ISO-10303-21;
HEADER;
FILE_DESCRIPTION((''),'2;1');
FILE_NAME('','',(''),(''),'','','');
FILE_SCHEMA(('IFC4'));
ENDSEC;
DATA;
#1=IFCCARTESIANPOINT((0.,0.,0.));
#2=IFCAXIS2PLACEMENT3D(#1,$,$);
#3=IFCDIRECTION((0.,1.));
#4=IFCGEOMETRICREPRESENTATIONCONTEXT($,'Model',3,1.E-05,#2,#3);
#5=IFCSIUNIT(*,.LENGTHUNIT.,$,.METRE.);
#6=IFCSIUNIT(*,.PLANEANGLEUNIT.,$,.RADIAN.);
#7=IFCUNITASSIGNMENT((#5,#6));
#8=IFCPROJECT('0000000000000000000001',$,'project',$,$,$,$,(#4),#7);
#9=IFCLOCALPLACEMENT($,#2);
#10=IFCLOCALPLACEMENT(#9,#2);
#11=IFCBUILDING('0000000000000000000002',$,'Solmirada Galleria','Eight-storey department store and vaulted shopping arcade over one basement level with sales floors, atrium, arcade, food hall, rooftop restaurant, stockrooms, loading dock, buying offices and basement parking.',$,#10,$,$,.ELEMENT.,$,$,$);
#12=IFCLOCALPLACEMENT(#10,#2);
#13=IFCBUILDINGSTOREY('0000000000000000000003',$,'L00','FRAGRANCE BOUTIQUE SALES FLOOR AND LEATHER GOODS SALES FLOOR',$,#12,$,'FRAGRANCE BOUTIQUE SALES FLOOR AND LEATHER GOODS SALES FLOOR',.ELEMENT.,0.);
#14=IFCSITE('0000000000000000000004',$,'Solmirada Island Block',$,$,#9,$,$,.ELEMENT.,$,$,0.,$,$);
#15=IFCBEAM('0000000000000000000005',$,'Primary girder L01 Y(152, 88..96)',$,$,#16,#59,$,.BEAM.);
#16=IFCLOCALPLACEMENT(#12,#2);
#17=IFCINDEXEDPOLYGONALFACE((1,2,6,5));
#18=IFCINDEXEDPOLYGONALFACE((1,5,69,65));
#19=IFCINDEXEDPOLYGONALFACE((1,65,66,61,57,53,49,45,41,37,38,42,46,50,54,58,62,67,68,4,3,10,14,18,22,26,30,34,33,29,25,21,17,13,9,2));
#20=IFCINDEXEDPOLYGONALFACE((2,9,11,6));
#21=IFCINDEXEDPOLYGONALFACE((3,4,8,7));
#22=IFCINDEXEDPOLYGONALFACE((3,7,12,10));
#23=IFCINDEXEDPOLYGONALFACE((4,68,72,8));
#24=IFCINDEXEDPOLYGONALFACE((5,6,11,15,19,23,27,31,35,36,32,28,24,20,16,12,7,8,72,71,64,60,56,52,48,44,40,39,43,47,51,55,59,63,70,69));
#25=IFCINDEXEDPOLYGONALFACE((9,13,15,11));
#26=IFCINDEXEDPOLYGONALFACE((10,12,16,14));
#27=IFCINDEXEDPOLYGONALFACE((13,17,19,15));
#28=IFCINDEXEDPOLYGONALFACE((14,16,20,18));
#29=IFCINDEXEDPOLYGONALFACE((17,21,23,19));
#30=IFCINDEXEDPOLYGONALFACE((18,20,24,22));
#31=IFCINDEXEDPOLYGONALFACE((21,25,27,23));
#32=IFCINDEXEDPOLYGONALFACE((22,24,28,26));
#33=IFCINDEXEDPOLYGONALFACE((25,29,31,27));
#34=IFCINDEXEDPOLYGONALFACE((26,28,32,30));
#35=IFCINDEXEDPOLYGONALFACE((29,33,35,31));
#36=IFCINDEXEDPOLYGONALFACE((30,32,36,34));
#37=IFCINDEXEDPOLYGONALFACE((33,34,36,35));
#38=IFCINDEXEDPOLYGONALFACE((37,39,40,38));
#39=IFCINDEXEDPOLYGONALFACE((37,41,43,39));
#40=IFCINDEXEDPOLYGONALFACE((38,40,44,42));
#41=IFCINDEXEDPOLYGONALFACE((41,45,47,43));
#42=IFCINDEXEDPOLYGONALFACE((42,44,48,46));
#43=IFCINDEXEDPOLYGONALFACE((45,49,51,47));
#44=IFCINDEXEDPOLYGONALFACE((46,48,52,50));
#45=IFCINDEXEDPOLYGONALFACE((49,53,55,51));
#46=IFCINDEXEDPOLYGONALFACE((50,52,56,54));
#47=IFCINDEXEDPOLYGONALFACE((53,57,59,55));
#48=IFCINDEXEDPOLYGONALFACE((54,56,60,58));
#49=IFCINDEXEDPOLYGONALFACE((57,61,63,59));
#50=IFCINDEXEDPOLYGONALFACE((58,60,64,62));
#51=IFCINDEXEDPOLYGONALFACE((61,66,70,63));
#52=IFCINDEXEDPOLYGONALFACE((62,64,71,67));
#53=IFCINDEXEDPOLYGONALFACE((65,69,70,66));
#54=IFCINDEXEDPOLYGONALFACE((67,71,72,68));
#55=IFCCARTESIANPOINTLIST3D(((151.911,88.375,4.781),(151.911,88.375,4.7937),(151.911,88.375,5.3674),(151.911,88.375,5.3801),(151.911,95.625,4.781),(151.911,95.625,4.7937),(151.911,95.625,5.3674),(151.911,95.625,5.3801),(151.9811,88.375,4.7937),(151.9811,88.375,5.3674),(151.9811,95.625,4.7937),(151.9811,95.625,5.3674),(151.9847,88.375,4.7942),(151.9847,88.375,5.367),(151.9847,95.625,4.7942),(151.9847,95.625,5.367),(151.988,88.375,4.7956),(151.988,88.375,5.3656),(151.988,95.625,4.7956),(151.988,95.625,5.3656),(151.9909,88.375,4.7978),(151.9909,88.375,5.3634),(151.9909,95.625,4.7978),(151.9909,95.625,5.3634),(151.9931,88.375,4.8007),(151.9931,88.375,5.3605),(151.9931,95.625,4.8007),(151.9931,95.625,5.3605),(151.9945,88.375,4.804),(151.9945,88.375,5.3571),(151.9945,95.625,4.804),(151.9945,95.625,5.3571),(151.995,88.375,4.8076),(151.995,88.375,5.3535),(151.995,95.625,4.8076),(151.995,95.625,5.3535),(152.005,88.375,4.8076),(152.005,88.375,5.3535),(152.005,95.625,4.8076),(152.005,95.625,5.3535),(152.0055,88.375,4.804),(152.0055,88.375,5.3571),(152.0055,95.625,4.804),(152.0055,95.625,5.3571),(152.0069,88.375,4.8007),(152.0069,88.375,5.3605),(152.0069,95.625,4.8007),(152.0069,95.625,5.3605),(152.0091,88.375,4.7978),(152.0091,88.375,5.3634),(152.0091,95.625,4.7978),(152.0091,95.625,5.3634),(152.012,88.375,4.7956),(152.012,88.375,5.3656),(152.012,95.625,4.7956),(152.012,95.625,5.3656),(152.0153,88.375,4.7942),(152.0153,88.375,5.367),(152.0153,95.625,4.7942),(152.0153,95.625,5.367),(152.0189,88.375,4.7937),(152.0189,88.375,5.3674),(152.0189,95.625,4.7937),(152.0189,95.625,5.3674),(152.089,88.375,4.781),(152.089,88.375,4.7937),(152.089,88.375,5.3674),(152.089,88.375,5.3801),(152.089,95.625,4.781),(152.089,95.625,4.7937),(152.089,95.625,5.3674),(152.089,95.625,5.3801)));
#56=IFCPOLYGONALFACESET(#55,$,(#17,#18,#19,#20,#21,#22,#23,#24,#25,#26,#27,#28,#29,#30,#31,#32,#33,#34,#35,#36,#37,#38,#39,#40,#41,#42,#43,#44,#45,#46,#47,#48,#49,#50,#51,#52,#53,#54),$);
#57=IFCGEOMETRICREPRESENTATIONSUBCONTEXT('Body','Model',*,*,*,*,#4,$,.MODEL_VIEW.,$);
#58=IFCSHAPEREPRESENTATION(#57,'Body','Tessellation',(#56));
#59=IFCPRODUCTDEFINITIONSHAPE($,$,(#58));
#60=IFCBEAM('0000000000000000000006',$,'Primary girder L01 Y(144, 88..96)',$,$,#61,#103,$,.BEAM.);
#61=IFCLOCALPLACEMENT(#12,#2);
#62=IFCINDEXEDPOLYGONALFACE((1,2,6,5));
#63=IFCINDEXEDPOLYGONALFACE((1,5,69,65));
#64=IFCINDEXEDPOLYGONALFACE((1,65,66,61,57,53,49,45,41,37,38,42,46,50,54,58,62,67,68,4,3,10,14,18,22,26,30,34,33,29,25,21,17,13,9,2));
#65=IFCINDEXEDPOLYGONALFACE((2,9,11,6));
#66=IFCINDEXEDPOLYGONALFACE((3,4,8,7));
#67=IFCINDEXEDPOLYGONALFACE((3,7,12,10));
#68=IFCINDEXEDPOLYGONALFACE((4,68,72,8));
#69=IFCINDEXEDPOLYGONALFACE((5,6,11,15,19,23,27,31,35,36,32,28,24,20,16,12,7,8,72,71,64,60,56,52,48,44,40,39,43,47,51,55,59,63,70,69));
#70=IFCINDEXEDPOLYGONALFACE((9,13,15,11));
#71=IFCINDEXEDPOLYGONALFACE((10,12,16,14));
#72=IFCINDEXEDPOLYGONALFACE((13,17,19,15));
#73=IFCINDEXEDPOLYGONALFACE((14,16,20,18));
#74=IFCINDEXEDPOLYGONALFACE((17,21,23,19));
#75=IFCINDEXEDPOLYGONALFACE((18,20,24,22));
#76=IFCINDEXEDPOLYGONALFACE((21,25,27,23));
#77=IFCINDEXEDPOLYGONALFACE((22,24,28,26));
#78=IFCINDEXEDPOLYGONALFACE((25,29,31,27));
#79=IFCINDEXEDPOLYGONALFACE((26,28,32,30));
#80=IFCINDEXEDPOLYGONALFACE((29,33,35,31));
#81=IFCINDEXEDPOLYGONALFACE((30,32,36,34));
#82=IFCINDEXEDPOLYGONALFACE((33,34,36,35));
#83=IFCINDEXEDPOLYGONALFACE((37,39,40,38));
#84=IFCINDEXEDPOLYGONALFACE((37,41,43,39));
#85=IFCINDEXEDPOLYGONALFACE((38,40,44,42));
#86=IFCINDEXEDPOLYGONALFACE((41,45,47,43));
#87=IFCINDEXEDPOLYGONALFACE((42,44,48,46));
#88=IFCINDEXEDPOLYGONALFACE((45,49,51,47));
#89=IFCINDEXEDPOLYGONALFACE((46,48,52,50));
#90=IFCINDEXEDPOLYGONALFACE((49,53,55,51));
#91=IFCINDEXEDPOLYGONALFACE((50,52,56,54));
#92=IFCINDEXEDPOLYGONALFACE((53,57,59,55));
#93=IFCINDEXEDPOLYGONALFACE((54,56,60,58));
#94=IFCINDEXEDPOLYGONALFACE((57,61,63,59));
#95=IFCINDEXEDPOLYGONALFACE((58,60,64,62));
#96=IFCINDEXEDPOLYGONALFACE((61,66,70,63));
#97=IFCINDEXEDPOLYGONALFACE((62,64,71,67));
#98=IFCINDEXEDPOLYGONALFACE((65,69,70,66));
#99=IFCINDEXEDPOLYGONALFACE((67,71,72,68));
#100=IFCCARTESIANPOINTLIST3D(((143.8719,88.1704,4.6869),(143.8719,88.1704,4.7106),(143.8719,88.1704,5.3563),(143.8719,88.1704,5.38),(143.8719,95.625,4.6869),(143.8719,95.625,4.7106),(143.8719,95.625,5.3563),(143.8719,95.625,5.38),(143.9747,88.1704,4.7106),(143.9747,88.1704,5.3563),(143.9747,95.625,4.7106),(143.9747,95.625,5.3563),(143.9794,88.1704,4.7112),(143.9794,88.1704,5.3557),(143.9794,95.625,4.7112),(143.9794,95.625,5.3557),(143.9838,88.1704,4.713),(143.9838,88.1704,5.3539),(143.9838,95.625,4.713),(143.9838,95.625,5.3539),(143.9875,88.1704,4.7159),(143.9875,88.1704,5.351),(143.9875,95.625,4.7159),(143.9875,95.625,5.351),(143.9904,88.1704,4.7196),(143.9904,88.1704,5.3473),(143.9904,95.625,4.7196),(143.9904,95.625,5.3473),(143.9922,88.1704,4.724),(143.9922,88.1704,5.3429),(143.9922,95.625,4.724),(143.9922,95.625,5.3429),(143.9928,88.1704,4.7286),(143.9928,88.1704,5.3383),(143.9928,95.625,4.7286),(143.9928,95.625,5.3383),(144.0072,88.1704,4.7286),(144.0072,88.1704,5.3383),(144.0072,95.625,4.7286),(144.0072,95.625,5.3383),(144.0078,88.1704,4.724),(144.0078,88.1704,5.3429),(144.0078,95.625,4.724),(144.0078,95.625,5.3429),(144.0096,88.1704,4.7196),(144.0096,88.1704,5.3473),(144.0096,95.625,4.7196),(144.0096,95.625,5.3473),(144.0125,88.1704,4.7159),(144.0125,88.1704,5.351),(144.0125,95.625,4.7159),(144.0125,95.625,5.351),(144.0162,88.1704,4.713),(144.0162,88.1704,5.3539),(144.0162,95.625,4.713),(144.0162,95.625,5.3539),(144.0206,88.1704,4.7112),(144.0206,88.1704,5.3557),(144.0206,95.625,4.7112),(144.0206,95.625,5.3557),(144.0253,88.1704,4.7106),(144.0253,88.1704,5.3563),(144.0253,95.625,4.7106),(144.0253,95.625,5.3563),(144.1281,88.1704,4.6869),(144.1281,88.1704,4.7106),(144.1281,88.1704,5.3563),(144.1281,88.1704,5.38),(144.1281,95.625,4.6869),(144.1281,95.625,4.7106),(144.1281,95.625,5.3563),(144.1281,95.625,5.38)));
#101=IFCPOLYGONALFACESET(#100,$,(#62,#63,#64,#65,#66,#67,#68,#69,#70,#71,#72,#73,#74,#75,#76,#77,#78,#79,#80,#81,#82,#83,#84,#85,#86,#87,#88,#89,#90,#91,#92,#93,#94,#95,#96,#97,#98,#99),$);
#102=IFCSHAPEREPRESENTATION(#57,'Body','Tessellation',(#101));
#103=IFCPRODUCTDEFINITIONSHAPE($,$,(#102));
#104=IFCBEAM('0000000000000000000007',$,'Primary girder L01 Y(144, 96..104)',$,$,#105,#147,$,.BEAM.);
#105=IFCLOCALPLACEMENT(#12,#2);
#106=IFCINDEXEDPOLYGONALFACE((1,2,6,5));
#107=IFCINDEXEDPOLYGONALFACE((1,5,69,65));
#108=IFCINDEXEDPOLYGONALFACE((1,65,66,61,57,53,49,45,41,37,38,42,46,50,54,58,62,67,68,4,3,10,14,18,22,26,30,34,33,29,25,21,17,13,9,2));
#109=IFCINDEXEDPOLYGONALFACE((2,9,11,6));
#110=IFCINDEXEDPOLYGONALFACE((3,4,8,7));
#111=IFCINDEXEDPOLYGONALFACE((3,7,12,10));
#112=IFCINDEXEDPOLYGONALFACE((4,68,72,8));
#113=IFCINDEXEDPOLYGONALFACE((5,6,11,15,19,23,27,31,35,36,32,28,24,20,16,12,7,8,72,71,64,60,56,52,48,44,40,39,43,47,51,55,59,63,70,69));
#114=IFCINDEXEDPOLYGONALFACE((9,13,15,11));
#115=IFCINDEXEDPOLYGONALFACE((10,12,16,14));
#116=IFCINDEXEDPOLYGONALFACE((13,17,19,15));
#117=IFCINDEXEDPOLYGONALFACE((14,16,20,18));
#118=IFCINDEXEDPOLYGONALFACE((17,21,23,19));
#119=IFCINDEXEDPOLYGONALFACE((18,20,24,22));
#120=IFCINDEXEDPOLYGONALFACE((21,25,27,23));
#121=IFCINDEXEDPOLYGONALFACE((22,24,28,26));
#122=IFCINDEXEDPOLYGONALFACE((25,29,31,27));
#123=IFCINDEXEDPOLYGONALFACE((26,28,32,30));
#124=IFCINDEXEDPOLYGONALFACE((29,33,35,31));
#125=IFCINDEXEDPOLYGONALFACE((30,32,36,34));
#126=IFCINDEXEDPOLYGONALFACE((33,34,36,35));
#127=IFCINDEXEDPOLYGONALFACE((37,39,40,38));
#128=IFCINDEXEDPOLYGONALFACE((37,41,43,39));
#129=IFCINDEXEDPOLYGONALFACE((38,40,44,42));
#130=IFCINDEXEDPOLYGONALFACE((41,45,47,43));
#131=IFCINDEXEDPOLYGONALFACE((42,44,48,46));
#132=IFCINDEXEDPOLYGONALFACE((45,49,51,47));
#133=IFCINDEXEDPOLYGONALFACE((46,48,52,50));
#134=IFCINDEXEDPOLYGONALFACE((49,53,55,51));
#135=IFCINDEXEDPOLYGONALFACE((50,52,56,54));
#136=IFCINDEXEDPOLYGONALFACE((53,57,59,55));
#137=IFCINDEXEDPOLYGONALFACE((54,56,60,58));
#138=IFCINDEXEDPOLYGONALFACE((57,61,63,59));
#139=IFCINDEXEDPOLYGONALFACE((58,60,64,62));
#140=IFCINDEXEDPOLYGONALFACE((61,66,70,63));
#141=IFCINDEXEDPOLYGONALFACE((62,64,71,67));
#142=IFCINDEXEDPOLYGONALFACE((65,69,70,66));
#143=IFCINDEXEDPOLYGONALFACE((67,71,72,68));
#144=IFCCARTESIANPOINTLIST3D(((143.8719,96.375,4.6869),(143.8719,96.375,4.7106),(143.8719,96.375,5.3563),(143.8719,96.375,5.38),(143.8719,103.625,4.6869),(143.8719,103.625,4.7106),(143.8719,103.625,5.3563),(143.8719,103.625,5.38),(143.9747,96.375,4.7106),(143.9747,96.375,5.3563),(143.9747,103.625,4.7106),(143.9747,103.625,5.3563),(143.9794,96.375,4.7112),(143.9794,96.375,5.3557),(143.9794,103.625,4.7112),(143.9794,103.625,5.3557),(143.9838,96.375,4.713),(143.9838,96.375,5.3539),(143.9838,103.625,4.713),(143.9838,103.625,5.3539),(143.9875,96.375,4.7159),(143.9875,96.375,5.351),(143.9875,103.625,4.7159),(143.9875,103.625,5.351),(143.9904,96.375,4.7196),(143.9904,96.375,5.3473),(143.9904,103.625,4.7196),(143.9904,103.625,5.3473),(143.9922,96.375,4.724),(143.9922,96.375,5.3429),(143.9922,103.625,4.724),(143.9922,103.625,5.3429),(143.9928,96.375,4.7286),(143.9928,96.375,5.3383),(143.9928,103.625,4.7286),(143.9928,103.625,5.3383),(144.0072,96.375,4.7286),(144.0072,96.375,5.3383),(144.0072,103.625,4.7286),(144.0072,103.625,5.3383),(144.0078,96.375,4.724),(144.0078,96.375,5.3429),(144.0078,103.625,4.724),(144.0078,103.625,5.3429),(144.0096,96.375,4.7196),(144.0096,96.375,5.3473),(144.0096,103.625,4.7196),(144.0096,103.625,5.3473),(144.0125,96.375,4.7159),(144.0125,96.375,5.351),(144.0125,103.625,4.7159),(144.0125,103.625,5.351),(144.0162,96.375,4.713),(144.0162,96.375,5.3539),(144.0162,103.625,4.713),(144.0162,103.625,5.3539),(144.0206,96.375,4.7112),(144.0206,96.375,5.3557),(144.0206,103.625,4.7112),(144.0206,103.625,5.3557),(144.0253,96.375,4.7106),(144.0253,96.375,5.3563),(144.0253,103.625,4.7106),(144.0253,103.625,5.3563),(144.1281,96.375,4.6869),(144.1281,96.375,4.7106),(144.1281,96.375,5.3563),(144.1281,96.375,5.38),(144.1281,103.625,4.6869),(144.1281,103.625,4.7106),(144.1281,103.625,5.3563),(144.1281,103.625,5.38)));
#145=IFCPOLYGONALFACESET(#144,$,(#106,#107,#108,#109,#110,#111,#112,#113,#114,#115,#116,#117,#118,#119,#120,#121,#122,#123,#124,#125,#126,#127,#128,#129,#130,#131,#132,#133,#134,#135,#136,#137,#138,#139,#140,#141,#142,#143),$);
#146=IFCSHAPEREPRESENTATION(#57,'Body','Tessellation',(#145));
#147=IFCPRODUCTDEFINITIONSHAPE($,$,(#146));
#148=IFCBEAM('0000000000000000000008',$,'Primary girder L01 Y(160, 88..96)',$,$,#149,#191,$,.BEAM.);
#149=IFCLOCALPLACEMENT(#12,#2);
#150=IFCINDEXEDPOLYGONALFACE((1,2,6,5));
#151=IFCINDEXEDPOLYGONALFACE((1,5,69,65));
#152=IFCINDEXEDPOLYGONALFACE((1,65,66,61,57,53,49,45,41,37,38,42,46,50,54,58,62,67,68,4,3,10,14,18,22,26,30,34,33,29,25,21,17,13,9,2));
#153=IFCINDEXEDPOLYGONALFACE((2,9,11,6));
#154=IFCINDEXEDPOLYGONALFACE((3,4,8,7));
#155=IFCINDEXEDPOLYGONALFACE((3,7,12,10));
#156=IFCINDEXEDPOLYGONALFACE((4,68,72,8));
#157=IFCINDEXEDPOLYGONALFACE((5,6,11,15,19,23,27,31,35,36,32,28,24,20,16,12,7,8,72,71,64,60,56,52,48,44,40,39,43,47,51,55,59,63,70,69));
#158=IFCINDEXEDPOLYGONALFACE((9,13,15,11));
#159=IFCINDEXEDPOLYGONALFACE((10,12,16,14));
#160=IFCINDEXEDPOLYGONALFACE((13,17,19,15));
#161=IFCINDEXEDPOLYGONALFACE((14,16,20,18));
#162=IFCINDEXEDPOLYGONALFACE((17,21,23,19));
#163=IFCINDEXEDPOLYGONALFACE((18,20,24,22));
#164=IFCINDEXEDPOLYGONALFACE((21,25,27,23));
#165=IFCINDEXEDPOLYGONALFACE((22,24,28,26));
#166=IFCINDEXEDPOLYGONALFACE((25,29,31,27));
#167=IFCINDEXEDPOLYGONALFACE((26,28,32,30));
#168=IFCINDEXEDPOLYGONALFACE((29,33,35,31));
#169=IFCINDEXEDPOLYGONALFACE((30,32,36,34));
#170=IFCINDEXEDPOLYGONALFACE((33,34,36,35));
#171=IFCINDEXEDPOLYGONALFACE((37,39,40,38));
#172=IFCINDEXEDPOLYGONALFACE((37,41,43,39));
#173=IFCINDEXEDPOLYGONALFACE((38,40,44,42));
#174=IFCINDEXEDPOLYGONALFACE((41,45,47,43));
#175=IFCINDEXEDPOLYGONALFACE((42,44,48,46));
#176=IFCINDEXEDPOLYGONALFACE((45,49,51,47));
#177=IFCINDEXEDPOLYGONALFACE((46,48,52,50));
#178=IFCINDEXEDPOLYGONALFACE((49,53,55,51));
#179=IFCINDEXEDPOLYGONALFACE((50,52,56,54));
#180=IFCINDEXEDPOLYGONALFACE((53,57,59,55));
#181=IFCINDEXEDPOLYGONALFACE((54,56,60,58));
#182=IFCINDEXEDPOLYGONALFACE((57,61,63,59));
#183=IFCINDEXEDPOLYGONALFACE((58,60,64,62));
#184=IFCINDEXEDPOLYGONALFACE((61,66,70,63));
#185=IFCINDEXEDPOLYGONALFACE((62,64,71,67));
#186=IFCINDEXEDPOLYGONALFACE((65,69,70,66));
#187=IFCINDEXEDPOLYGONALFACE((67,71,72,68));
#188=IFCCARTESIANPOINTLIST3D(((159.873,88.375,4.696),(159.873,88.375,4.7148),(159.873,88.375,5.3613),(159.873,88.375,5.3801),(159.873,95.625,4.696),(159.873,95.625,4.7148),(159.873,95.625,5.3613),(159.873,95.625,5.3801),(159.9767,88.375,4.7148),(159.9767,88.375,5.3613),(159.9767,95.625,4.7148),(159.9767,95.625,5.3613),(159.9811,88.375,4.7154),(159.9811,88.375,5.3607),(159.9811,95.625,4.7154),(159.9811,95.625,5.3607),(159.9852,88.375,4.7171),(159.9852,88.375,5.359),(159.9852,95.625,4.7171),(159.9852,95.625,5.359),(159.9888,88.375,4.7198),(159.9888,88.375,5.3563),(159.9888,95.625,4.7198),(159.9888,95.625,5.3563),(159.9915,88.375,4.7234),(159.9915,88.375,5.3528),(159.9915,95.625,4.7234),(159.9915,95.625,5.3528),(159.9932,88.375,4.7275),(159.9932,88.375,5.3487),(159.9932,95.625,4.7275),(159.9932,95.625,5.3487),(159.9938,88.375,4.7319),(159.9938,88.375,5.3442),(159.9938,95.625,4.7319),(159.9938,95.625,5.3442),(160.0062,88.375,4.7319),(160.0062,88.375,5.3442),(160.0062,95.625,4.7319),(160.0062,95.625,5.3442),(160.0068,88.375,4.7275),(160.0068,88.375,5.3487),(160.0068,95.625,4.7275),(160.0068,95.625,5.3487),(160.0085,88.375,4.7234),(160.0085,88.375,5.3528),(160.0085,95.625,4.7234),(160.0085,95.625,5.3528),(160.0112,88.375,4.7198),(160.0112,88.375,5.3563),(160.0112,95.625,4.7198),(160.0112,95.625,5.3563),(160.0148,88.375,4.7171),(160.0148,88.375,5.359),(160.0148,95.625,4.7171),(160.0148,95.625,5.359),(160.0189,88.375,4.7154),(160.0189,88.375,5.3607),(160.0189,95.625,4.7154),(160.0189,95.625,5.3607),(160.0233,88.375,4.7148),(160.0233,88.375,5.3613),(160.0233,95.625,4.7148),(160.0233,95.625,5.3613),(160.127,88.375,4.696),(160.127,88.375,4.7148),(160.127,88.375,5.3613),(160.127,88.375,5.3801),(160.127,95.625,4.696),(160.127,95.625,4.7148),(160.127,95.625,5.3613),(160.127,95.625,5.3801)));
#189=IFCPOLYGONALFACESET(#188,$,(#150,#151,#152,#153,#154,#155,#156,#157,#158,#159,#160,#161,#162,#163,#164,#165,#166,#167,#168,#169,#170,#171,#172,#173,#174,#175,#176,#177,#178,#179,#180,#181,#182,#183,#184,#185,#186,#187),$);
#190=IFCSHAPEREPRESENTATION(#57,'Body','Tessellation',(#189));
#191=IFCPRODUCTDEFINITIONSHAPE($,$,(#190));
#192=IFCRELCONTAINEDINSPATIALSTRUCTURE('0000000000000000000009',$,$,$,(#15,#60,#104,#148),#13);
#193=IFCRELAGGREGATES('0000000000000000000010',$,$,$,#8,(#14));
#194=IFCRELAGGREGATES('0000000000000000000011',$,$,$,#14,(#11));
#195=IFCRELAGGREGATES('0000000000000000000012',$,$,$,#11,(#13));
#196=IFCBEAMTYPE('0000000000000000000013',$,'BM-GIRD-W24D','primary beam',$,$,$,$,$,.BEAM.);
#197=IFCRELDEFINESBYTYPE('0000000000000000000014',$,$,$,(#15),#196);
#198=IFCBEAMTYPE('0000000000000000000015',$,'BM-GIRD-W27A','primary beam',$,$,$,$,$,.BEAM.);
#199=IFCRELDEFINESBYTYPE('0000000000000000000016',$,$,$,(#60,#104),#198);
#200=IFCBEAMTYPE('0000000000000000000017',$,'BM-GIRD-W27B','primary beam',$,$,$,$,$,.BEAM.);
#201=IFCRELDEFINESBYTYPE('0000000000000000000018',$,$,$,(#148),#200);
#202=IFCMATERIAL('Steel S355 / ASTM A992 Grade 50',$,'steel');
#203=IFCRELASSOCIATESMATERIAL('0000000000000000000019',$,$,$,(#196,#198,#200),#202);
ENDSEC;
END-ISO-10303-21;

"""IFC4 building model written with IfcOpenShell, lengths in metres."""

from ifc_helpers import new_model, si_unit, direction, frame, origin, origin_2d, place, context, subcontext, project, spatial, i_section, extrude, material, material_profile, profile_set, type_object, element, save


model = new_model("IFC4")

# Units and contexts
model_context = context("Model", 3, precision=1e-05, world=origin(), true_north=direction((0.0, 1.0)))
body_context = subcontext(model_context, "Body", "Model", "MODEL_VIEW")
ifc_project = project(units=[si_unit("LENGTHUNIT", "METRE"), si_unit("PLANEANGLEUNIT", "RADIAN")], contexts=[model_context])

# Site, building, storey
site_placement = place(None, origin())
site = spatial("IfcSite", under=ifc_project, at=site_placement, Name="Solmirada Island Block", CompositionType="ELEMENT", RefElevation=0.0)
building_placement = place(site_placement, origin())
building = spatial("IfcBuilding", under=site, at=building_placement, Name="Solmirada Galleria", Description="Eight-storey department store and vaulted shopping arcade over one basement level with sales floors, atrium, arcade, food hall, rooftop restaurant, stockrooms, loading dock, buying offices and basement parking.", CompositionType="ELEMENT")
storey_placement = place(building_placement, origin())
storey = spatial("IfcBuildingStorey", under=building, at=storey_placement, Name="L00", Description="FRAGRANCE BOUTIQUE SALES FLOOR AND LEATHER GOODS SALES FLOOR", LongName="FRAGRANCE BOUTIQUE SALES FLOOR AND LEATHER GOODS SALES FLOOR", CompositionType="ELEMENT", Elevation=0.0)

# Beams
ifc_material_1 = material(Name="Steel S355 / ASTM A992 Grade 50", Category="steel")
ifc_material_profile_1 = material_profile(ifc_material_1, i_section(OverallWidth=0.178, OverallDepth=0.5991, WebThickness=0.01, FlangeThickness=0.0127, FilletRadius=0.0139, at=origin_2d()), Name="W24X55")
ifc_profile_set_1 = profile_set([ifc_material_profile_1], Name="Steel S355 / ASTM A992 Grade 50")
beam_type_1 = type_object("IfcBeamType", Name="BM-GIRD-W24D", Description="primary beam", PredefinedType="BEAM", material=ifc_profile_set_1)
beam_1_placement = place(storey_placement, frame((152.0, 88.375, 5.0806), z_axis=(0.0, 1.0, 0.0), x_axis=(-1.0, 0.0, 0.0)))
element("IfcBeam", 1, at=beam_1_placement, inside=storey, type_object=beam_type_1, Name="Primary girder L01 Y(152, 88..96)", PredefinedType="BEAM", context=body_context, shape_type="SweptSolid", body=[
    extrude(i_section(OverallWidth=0.178, OverallDepth=0.5991, WebThickness=0.01, FlangeThickness=0.0127, FilletRadius=0.0139, at=origin_2d()), origin(), (0.0, 0.0, 1.0), 7.25),
])
ifc_material_profile_2 = material_profile(ifc_material_1, i_section(OverallWidth=0.2561, OverallDepth=0.6931, WebThickness=0.0144, FlangeThickness=0.0237, FilletRadius=0.0181, at=origin_2d()), Name="W27X114")
ifc_profile_set_2 = profile_set([ifc_material_profile_2], Name="Steel S355 / ASTM A992 Grade 50")
beam_type_2 = type_object("IfcBeamType", Name="BM-GIRD-W27A", Description="primary beam", PredefinedType="BEAM", material=ifc_profile_set_2)
beam_2_placement = place(storey_placement, frame((144.0, 88.1704, 5.0334), z_axis=(0.0, 1.0, 0.0), x_axis=(-1.0, 0.0, 0.0)))
element("IfcBeam", 2, at=beam_2_placement, inside=storey, type_object=beam_type_2, Name="Primary girder L01 Y(144, 88..96)", PredefinedType="BEAM", context=body_context, shape_type="SweptSolid", body=[
    extrude(i_section(OverallWidth=0.2561, OverallDepth=0.6931, WebThickness=0.0144, FlangeThickness=0.0237, FilletRadius=0.0181, at=origin_2d()), origin(), (0.0, 0.0, 1.0), 7.4546),
])
beam_3_placement = place(storey_placement, frame((144.0, 96.375, 5.0334), z_axis=(0.0, 1.0, 0.0), x_axis=(-1.0, 0.0, 0.0)))
element("IfcBeam", 3, at=beam_3_placement, inside=storey, type_object=beam_type_2, Name="Primary girder L01 Y(144, 96..104)", PredefinedType="BEAM", context=body_context, shape_type="SweptSolid", body=[
    extrude(i_section(OverallWidth=0.2561, OverallDepth=0.6931, WebThickness=0.0144, FlangeThickness=0.0237, FilletRadius=0.0181, at=origin_2d()), origin(), (0.0, 0.0, 1.0), 7.25),
])
ifc_material_profile_3 = material_profile(ifc_material_1, i_section(OverallWidth=0.2539, OverallDepth=0.6841, WebThickness=0.0125, FlangeThickness=0.0188, FilletRadius=0.0171, at=origin_2d()), Name="W27X94")
ifc_profile_set_3 = profile_set([ifc_material_profile_3], Name="Steel S355 / ASTM A992 Grade 50")
beam_type_3 = type_object("IfcBeamType", Name="BM-GIRD-W27B", Description="primary beam", PredefinedType="BEAM", material=ifc_profile_set_3)
for number, where, z_axis, x_axis, name in (
    (4, (160.0, 88.375, 5.0381), (0.0, 1.0, 0.0), (-1.0, 0.0, 0.0), "Primary girder L01 Y(160, 88..96)"),
):
    element("IfcBeam", number, at=place(storey_placement, frame(where, z_axis=z_axis, x_axis=x_axis)), inside=storey, type_object=beam_type_3, Name=name, PredefinedType="BEAM", context=body_context, shape_type="SweptSolid", body=[
        extrude(i_section(OverallWidth=0.2539, OverallDepth=0.6841, WebThickness=0.0125, FlangeThickness=0.0188, FilletRadius=0.0171, at=origin_2d()), origin(), (0.0, 0.0, 1.0), 7.25),
    ])

save(model, "model.ifc")
